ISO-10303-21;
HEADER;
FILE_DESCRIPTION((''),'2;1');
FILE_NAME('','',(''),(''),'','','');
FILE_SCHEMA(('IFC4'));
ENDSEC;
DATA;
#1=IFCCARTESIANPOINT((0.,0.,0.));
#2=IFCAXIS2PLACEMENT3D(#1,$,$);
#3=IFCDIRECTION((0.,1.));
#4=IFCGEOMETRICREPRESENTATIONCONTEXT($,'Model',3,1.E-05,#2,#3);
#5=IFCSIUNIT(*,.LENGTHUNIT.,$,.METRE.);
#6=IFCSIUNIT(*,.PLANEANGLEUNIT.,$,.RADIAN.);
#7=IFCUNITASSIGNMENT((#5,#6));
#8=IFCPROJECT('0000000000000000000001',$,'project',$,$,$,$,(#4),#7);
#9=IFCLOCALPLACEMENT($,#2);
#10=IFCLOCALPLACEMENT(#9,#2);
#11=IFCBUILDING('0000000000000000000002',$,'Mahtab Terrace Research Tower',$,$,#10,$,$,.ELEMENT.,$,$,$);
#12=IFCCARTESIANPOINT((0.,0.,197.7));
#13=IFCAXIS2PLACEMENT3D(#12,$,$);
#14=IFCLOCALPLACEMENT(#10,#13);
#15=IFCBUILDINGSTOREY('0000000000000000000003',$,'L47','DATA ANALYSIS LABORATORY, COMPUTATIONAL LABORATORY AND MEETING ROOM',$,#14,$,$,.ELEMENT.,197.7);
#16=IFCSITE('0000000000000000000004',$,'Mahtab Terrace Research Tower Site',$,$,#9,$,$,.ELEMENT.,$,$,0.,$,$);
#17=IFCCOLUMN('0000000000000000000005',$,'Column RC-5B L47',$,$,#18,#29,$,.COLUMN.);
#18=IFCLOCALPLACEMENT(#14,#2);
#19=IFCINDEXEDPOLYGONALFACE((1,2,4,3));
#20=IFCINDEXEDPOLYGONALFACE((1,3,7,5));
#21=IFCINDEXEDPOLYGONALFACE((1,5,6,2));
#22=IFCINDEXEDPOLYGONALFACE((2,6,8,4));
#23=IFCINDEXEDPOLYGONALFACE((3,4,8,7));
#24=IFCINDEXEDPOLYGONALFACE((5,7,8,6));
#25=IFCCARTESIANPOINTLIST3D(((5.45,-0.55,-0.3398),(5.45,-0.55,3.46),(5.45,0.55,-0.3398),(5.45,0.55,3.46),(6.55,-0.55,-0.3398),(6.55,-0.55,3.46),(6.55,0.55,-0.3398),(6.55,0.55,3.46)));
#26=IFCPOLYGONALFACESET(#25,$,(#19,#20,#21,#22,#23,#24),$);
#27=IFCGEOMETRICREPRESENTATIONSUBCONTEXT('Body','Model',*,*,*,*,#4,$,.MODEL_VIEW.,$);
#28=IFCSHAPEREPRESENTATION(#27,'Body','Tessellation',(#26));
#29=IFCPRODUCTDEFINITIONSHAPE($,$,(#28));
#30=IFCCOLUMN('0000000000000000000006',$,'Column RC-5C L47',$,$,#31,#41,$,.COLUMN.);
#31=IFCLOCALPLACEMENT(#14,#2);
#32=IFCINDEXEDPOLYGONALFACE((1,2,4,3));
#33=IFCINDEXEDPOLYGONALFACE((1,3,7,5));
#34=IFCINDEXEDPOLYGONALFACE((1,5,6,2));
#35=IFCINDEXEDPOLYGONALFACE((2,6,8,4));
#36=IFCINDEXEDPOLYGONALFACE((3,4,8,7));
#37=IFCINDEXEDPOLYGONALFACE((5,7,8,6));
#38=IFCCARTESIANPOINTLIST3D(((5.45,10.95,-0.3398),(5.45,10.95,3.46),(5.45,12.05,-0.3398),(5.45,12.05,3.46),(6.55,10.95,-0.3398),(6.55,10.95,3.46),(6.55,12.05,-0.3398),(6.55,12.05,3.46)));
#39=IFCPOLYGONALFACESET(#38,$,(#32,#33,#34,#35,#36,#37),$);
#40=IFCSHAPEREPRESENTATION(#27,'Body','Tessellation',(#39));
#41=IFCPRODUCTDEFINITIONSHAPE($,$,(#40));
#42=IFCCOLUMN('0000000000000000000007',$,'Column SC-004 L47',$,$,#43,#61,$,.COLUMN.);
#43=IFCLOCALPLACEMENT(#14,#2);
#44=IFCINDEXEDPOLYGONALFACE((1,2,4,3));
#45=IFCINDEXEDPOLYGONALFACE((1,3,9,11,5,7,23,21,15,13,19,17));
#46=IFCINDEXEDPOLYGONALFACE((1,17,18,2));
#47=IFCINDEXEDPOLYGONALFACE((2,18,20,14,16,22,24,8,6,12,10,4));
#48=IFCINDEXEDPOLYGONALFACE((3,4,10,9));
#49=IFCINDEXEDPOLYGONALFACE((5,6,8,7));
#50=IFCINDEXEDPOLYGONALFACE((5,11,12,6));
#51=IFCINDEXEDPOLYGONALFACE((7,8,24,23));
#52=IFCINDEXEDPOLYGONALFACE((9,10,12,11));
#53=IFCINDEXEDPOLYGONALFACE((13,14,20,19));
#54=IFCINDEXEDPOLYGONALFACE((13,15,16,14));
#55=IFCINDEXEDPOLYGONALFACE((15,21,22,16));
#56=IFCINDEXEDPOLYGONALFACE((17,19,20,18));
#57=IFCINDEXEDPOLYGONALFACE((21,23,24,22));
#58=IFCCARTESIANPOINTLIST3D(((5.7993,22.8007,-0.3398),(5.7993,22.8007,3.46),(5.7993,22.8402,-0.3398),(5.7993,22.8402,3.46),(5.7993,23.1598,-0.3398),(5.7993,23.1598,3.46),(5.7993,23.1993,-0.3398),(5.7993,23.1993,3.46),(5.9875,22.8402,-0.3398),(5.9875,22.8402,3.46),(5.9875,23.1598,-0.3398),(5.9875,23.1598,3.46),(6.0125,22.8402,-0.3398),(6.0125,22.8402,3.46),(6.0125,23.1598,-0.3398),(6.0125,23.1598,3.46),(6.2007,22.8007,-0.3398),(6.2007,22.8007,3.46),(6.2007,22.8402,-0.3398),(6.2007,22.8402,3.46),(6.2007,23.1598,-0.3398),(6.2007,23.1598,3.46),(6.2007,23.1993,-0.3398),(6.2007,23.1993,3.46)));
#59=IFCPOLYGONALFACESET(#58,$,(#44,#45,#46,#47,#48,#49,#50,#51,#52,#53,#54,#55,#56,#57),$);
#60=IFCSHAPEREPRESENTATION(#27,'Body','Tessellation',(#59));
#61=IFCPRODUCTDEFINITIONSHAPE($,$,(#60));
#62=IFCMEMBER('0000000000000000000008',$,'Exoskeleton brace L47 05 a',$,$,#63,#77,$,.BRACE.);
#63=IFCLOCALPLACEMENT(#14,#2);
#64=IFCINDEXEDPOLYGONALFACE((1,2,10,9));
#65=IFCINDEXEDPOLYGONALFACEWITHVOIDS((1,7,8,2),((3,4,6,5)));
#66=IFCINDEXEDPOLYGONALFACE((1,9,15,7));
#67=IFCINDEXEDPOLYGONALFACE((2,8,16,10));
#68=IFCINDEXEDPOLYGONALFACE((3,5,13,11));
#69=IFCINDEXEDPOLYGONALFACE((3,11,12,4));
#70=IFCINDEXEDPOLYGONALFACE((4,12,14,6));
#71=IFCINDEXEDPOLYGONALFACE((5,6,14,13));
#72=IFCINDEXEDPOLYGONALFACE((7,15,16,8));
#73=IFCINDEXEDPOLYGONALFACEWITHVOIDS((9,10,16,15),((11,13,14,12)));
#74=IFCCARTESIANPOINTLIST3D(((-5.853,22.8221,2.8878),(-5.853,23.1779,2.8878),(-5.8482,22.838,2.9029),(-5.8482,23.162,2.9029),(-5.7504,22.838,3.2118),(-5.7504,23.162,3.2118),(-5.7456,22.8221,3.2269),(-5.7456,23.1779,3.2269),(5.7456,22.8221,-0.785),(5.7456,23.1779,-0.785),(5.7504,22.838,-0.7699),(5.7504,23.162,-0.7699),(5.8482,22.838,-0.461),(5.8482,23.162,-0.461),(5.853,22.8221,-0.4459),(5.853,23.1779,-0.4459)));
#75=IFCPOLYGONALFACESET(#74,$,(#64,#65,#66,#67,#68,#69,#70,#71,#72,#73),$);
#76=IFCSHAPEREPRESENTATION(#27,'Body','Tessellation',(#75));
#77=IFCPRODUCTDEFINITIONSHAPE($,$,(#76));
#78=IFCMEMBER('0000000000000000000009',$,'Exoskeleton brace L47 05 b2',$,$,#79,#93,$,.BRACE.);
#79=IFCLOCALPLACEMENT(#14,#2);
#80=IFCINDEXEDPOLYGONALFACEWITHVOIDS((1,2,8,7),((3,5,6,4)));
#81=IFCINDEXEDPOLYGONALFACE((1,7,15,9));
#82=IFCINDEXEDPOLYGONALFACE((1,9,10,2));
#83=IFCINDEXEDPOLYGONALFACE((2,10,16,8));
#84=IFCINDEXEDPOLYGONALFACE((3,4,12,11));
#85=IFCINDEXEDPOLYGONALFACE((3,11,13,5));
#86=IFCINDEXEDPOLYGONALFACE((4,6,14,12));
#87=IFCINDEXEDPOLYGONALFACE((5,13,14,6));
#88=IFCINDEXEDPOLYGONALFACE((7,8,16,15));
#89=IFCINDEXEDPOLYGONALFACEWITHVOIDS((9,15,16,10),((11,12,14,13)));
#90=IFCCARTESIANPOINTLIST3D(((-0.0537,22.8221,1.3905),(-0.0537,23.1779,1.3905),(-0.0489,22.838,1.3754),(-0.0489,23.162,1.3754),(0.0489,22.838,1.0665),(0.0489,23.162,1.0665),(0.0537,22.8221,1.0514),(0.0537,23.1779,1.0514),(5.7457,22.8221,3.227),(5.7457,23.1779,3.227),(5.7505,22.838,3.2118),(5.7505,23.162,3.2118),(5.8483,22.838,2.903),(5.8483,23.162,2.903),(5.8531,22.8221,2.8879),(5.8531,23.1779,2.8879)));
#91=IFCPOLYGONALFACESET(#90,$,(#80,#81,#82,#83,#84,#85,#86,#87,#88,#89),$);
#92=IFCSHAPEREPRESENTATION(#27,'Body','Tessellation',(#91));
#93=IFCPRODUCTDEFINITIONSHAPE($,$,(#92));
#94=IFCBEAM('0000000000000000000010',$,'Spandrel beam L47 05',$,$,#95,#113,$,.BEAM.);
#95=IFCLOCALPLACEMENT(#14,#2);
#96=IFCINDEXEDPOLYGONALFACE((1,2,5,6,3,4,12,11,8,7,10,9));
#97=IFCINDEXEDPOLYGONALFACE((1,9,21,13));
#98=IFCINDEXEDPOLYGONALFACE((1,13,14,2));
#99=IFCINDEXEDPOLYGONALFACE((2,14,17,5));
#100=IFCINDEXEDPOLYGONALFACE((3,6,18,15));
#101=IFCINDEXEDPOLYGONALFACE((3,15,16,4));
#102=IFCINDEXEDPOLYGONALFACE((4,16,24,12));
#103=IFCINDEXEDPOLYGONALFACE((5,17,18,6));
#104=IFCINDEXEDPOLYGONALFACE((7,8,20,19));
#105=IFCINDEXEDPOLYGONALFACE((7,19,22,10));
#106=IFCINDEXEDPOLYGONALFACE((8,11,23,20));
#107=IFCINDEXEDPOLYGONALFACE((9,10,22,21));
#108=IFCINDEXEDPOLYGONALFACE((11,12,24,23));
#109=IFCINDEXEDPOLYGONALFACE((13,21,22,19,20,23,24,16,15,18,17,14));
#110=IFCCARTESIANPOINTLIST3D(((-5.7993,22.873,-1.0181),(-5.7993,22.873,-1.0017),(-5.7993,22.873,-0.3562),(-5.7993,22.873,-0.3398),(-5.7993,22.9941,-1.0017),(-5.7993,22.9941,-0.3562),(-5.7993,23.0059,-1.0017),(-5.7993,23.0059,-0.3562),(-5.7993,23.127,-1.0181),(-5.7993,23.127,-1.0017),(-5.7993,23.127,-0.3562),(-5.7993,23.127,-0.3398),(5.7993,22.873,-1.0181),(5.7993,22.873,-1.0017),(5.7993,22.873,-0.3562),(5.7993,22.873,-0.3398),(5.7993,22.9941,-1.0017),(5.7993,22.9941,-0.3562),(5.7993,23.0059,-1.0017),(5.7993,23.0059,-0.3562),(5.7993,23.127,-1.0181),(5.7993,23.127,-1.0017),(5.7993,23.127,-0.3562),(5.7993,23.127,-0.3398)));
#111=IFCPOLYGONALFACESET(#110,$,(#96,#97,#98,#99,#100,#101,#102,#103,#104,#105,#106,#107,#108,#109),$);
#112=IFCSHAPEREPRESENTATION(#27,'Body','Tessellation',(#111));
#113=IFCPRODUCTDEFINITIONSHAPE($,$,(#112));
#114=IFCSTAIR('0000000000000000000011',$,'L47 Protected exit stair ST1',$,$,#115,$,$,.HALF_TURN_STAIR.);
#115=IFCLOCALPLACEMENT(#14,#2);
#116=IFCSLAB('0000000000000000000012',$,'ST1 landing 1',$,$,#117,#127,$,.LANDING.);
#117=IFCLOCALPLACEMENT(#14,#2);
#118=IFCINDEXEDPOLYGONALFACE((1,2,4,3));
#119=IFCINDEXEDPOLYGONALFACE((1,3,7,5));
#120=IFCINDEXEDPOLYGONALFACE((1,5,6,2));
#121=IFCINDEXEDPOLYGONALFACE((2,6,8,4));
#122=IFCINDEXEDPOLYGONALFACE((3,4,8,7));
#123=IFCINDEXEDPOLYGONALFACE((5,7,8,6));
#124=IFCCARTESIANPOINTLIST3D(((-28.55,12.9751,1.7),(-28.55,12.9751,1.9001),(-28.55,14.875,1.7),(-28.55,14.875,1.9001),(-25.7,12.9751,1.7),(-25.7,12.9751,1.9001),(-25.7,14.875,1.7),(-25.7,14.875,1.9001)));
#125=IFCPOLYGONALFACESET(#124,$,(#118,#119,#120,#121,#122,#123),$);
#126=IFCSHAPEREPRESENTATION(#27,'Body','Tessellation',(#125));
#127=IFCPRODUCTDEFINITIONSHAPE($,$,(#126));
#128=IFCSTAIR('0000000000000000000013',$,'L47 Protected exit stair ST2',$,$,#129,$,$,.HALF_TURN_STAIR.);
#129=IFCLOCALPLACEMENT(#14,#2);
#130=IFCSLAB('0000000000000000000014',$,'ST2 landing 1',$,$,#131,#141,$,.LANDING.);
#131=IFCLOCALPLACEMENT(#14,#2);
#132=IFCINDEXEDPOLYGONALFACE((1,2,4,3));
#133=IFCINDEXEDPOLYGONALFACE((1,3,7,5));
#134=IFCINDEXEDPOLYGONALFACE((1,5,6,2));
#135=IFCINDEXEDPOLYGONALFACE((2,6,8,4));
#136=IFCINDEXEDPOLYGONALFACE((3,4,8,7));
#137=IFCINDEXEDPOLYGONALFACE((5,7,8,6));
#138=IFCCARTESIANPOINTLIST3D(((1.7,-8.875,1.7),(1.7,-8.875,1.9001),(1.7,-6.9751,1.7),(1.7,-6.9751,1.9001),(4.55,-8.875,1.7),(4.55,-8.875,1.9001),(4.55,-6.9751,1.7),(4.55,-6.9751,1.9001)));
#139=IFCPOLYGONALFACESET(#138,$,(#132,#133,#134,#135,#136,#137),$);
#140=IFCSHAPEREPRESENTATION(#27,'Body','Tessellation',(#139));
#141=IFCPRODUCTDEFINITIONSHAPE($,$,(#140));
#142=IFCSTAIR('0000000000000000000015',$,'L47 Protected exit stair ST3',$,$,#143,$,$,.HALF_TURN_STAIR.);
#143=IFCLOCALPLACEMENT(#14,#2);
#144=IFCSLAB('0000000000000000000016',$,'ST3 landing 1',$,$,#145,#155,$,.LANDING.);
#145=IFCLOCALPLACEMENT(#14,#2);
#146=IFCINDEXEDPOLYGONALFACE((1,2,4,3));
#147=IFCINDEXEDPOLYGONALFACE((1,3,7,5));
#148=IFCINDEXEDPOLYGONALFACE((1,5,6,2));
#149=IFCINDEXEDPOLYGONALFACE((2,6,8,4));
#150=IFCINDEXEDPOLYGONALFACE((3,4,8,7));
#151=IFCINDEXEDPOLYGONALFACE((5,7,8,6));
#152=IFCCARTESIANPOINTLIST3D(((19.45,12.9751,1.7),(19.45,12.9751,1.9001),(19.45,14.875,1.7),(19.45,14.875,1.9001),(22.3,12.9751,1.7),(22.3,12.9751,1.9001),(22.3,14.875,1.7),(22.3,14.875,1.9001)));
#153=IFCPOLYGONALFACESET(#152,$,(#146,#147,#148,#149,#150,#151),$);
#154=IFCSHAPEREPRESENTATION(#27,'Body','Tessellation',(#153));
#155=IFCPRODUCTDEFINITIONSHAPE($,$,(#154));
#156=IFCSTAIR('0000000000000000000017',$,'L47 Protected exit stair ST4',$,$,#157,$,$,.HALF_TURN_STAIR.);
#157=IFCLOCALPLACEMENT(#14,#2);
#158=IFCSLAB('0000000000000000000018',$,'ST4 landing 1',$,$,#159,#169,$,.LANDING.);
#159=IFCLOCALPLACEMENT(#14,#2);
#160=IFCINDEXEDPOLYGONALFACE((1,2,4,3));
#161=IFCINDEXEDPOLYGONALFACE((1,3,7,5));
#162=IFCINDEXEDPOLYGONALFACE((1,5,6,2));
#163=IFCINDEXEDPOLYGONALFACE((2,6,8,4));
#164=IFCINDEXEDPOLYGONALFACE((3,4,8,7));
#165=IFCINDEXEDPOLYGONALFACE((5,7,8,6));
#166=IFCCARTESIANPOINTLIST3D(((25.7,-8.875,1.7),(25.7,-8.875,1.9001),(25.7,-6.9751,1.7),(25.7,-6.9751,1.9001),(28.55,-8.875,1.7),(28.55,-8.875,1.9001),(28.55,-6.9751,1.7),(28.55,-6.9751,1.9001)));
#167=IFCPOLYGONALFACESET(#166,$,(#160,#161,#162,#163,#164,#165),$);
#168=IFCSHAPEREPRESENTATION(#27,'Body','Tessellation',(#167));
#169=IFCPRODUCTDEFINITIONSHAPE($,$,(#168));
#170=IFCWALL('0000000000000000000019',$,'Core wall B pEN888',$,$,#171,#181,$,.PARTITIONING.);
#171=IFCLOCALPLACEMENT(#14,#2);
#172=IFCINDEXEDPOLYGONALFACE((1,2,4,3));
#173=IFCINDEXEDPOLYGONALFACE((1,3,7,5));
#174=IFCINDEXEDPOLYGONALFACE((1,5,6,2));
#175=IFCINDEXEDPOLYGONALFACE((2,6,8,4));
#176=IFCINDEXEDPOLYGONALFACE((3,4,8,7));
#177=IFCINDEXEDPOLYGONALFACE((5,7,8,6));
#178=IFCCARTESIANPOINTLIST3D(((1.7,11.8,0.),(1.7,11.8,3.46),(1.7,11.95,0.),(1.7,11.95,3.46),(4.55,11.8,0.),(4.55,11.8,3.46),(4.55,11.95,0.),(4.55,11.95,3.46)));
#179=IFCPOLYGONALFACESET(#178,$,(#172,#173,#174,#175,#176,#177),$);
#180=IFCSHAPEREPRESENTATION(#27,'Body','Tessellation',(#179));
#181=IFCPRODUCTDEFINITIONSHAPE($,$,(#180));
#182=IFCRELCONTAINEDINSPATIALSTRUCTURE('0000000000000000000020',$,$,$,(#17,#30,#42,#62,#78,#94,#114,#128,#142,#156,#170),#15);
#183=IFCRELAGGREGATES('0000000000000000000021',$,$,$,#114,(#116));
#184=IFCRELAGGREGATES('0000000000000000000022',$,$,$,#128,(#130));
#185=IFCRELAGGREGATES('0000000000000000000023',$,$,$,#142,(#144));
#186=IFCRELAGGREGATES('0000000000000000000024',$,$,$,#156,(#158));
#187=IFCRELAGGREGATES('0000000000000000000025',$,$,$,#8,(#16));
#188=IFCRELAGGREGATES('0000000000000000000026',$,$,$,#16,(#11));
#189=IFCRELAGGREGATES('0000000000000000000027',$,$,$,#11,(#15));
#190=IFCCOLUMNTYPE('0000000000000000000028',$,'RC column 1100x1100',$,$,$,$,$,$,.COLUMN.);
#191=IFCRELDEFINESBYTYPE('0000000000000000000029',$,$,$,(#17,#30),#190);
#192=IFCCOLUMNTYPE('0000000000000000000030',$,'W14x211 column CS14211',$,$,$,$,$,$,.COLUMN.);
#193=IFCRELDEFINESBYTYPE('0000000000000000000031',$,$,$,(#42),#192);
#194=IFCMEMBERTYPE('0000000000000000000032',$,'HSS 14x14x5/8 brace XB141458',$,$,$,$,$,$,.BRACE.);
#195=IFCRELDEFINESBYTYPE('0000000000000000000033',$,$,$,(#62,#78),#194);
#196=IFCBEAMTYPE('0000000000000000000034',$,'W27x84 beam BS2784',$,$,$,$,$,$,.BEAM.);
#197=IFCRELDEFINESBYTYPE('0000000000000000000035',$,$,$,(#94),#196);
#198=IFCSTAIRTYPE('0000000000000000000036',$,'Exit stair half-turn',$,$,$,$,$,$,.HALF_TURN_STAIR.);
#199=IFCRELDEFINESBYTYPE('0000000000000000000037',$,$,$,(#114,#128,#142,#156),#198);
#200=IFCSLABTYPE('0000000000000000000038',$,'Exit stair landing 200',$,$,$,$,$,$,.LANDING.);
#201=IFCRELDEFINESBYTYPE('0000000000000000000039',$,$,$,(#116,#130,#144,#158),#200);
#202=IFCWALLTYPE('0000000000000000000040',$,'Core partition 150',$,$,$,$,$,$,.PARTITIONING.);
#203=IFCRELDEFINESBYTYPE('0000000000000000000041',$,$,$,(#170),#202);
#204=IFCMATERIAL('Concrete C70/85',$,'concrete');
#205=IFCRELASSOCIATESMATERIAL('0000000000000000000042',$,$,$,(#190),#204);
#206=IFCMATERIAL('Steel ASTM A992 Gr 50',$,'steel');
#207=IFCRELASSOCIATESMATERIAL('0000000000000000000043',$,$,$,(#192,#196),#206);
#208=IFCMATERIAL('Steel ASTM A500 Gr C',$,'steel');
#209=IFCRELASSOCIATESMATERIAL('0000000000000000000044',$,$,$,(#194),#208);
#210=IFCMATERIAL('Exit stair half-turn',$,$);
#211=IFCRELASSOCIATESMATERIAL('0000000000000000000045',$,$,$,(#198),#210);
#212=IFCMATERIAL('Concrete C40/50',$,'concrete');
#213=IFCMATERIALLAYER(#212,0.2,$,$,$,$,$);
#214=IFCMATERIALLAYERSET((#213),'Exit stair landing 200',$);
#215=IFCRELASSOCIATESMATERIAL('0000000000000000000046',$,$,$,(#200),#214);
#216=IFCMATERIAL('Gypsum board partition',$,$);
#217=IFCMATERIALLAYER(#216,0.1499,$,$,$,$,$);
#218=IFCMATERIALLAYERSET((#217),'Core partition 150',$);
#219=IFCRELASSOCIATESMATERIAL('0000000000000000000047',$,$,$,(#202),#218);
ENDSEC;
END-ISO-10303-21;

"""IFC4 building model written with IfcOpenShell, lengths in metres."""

from ifc_helpers import new_model, si_unit, direction, frame, frame_2d, origin, origin_2d, place, context, subcontext, project, spatial, polyline, rectangle, hollow_rectangle, i_section, outline, extrude, material, layer, layer_set, material_profile, profile_set, type_object, element, aggregate, save


model = new_model("IFC4")

# Units and contexts
model_context = context("Model", 3, precision=1e-05, world=origin(), true_north=direction((0.0, 1.0)))
body_context = subcontext(model_context, "Body", "Model", "MODEL_VIEW")
ifc_project = project(units=[si_unit("LENGTHUNIT", "METRE"), si_unit("PLANEANGLEUNIT", "RADIAN")], contexts=[model_context])

# Site, building, storey
site_placement = place(None, origin())
site = spatial("IfcSite", under=ifc_project, at=site_placement, Name="Mahtab Terrace Research Tower Site", CompositionType="ELEMENT", RefElevation=0.0)
building_placement = place(site_placement, origin())
building = spatial("IfcBuilding", under=site, at=building_placement, Name="Mahtab Terrace Research Tower", CompositionType="ELEMENT")
storey_placement = place(building_placement, frame((0.0, 0.0, 197.7)))
storey = spatial("IfcBuildingStorey", under=building, at=storey_placement, Name="L47", Description="DATA ANALYSIS LABORATORY, COMPUTATIONAL LABORATORY AND MEETING ROOM", CompositionType="ELEMENT", Elevation=197.7)

# Columns
ifc_material_1 = material(Name="Concrete C70/85", Category="concrete")
ifc_material_profile_1 = material_profile(ifc_material_1, rectangle(XDim=1.1001, YDim=1.1001, at=origin_2d()), Name="RC column 1100x1100")
ifc_profile_set_1 = profile_set([ifc_material_profile_1], Name="Concrete C70/85")
column_type_1 = type_object("IfcColumnType", Name="RC column 1100x1100", PredefinedType="COLUMN", material=ifc_profile_set_1)
for number, where, z_axis, x_axis, name in (
    (1, (6.0, 0.0, -0.3398), (0.0, 0.0, 1.0), (1.0, 0.0, 0.0), "Column RC-5B L47"),
    (2, (6.0, 11.5, -0.3398), (0.0, 0.0, 1.0), (1.0, 0.0, 0.0), "Column RC-5C L47"),
):
    element("IfcColumn", number, at=place(storey_placement, frame(where, z_axis=z_axis, x_axis=x_axis)), inside=storey, type_object=column_type_1, Name=name, PredefinedType="COLUMN", context=body_context, shape_type="SweptSolid", body=[
        extrude(rectangle(XDim=1.1001, YDim=1.1001, at=origin_2d()), origin(), (0.0, 0.0, 1.0), 3.7998),
    ])
ifc_material_2 = material(Name="Steel ASTM A992 Gr 50", Category="steel")
ifc_material_profile_2 = material_profile(ifc_material_2, i_section(OverallWidth=0.4014, OverallDepth=0.3987, WebThickness=0.0249, FlangeThickness=0.0396, at=origin_2d()), Name="W14X211")
ifc_profile_set_2 = profile_set([ifc_material_profile_2], Name="Steel ASTM A992 Gr 50")
column_type_2 = type_object("IfcColumnType", Name="W14x211 column CS14211", PredefinedType="COLUMN", material=ifc_profile_set_2)
column_placement = place(storey_placement, frame((6.0, 23.0, -0.3398), z_axis=(0.0, 0.0, 1.0), x_axis=(1.0, 0.0, 0.0)))
element("IfcColumn", 3, at=column_placement, inside=storey, type_object=column_type_2, Name="Column SC-004 L47", PredefinedType="COLUMN", context=body_context, shape_type="SweptSolid", body=[
    extrude(i_section(OverallWidth=0.4014, OverallDepth=0.3987, WebThickness=0.0249, FlangeThickness=0.0396, at=origin_2d()), origin(), (0.0, 0.0, 1.0), 3.7998),
])

# Members
ifc_material_3 = material(Name="Steel ASTM A500 Gr C", Category="steel")
ifc_material_profile_3 = material_profile(ifc_material_3, hollow_rectangle(XDim=0.3557, YDim=0.3557, WallThickness=0.0159, at=origin_2d()), Name="HSS14X14X5/8")
ifc_profile_set_3 = profile_set([ifc_material_profile_3], Name="Steel ASTM A500 Gr C")
member_type = type_object("IfcMemberType", Name="HSS 14x14x5/8 brace XB141458", PredefinedType="BRACE", material=ifc_profile_set_3)
member_1_placement = place(storey_placement, frame((5.7993, 23.0, -0.6155), z_axis=(-0.953343, 0.0, 0.301888), x_axis=(0.0, -1.0, 0.0)))
element("IfcMember", 4, at=member_1_placement, inside=storey, type_object=member_type, Name="Exoskeleton brace L47 05 a", PredefinedType="BRACE", context=body_context, shape_type="SweptSolid", body=[
    extrude(hollow_rectangle(XDim=0.3557, YDim=0.3557, WallThickness=0.0159, at=origin_2d()), origin(), (0.0, 0.0, 1.0), 12.1663),
])
member_2_placement = place(storey_placement, frame((0.0, 23.0, 1.2209), z_axis=(0.953343, 0.0, 0.301888), x_axis=(0.0, 1.0, 0.0)))
element("IfcMember", 5, at=member_2_placement, inside=storey, type_object=member_type, Name="Exoskeleton brace L47 05 b2", PredefinedType="BRACE", context=body_context, shape_type="SweptSolid", body=[
    extrude(hollow_rectangle(XDim=0.3557, YDim=0.3557, WallThickness=0.0159, at=origin_2d()), origin(), (0.0, 0.0, 1.0), 6.0833),
])

# Beam
ifc_material_profile_4 = material_profile(ifc_material_2, i_section(OverallWidth=0.2539, OverallDepth=0.6782, WebThickness=0.0117, FlangeThickness=0.0164, at=origin_2d()), Name="W27X84")
ifc_profile_set_4 = profile_set([ifc_material_profile_4], Name="Steel ASTM A992 Gr 50")
beam_type = type_object("IfcBeamType", Name="W27x84 beam BS2784", PredefinedType="BEAM", material=ifc_profile_set_4)
beam_placement = place(storey_placement, frame((5.7993, 23.0, -0.679), z_axis=(-1.0, 0.0, 0.0), x_axis=(0.0, -1.0, 0.0)))
element("IfcBeam", 6, at=beam_placement, inside=storey, type_object=beam_type, Name="Spandrel beam L47 05", PredefinedType="BEAM", context=body_context, shape_type="SweptSolid", body=[
    extrude(i_section(OverallWidth=0.2539, OverallDepth=0.6782, WebThickness=0.0117, FlangeThickness=0.0164, at=origin_2d()), origin(), (0.0, 0.0, 1.0), 11.5986),
])

# Stairs, slabs
ifc_material_4 = material(Name="Exit stair half-turn")
stair_type = type_object("IfcStairType", Name="Exit stair half-turn", PredefinedType="HALF_TURN_STAIR", material=ifc_material_4)
stair_1_placement = place(storey_placement, origin())
stair_1 = element("IfcStair", 7, at=stair_1_placement, inside=storey, type_object=stair_type, Name="L47 Protected exit stair ST1", PredefinedType="HALF_TURN_STAIR")
ifc_material_5 = material(Name="Concrete C40/50", Category="concrete")
ifc_layer_1 = layer(ifc_material_5, 0.2)
ifc_layer_set_1 = layer_set([ifc_layer_1], Name="Exit stair landing 200")
slab_type = type_object("IfcSlabType", Name="Exit stair landing 200", PredefinedType="LANDING", material=ifc_layer_set_1)
slab_1_placement = place(storey_placement, frame((0.0, 0.0, 1.7)))
slab_1 = element("IfcSlab", 8, at=slab_1_placement, type_object=slab_type, Name="ST1 landing 1", PredefinedType="LANDING", context=body_context, shape_type="SweptSolid", body=[
    extrude(outline(polyline([(-25.7, 12.9751), (-25.7, 14.875), (-28.55, 14.875), (-28.55, 12.9751), (-25.7, 12.9751)])), origin(), (0.0, 0.0, 1.0), 0.2002),
])
aggregate(stair_1, [slab_1])
stair_2_placement = place(storey_placement, origin())
stair_2 = element("IfcStair", 9, at=stair_2_placement, inside=storey, type_object=stair_type, Name="L47 Protected exit stair ST2", PredefinedType="HALF_TURN_STAIR")
slab_2_placement = place(storey_placement, frame((0.0, 0.0, 1.7)))
slab_2 = element("IfcSlab", 10, at=slab_2_placement, type_object=slab_type, Name="ST2 landing 1", PredefinedType="LANDING", context=body_context, shape_type="SweptSolid", body=[
    extrude(outline(polyline([(1.7, -6.9751), (1.7, -8.875), (4.55, -8.875), (4.55, -6.9751), (1.7, -6.9751)])), origin(), (0.0, 0.0, 1.0), 0.2002),
])
aggregate(stair_2, [slab_2])
stair_3_placement = place(storey_placement, origin())
stair_3 = element("IfcStair", 11, at=stair_3_placement, inside=storey, type_object=stair_type, Name="L47 Protected exit stair ST3", PredefinedType="HALF_TURN_STAIR")
slab_3_placement = place(storey_placement, frame((0.0, 0.0, 1.7)))
slab_3 = element("IfcSlab", 12, at=slab_3_placement, type_object=slab_type, Name="ST3 landing 1", PredefinedType="LANDING", context=body_context, shape_type="SweptSolid", body=[
    extrude(outline(polyline([(22.3, 12.9751), (22.3, 14.875), (19.45, 14.875), (19.45, 12.9751), (22.3, 12.9751)])), origin(), (0.0, 0.0, 1.0), 0.2002),
])
aggregate(stair_3, [slab_3])
stair_4_placement = place(storey_placement, origin())
stair_4 = element("IfcStair", 13, at=stair_4_placement, inside=storey, type_object=stair_type, Name="L47 Protected exit stair ST4", PredefinedType="HALF_TURN_STAIR")
slab_4_placement = place(storey_placement, frame((0.0, 0.0, 1.7)))
slab_4 = element("IfcSlab", 14, at=slab_4_placement, type_object=slab_type, Name="ST4 landing 1", PredefinedType="LANDING", context=body_context, shape_type="SweptSolid", body=[
    extrude(outline(polyline([(25.7, -6.9751), (25.7, -8.875), (28.55, -8.875), (28.55, -6.9751), (25.7, -6.9751)])), origin(), (0.0, 0.0, 1.0), 0.2002),
])
aggregate(stair_4, [slab_4])

# Wall
ifc_material_6 = material(Name="Gypsum board partition")
ifc_layer_2 = layer(ifc_material_6, 0.1499)
ifc_layer_set_2 = layer_set([ifc_layer_2], Name="Core partition 150")
wall_type_1 = type_object("IfcWallType", Name="Core partition 150", PredefinedType="PARTITIONING", material=ifc_layer_set_2)
wall_1_placement = place(storey_placement, frame((1.7, 11.875, 0.0), z_axis=(0.0, 0.0, 1.0), x_axis=(1.0, 0.0, 0.0)))
element("IfcWall", 15, at=wall_1_placement, inside=storey, type_object=wall_type_1, Name="Core wall B pEN888", PredefinedType="PARTITIONING", context=body_context, shape_type="SweptSolid", body=[
    extrude(rectangle(XDim=2.8501, YDim=0.1499, at=frame_2d((1.425, 0.0))), origin(), (0.0, 0.0, 1.0), 3.46),
])

save(model, "model.ifc")
